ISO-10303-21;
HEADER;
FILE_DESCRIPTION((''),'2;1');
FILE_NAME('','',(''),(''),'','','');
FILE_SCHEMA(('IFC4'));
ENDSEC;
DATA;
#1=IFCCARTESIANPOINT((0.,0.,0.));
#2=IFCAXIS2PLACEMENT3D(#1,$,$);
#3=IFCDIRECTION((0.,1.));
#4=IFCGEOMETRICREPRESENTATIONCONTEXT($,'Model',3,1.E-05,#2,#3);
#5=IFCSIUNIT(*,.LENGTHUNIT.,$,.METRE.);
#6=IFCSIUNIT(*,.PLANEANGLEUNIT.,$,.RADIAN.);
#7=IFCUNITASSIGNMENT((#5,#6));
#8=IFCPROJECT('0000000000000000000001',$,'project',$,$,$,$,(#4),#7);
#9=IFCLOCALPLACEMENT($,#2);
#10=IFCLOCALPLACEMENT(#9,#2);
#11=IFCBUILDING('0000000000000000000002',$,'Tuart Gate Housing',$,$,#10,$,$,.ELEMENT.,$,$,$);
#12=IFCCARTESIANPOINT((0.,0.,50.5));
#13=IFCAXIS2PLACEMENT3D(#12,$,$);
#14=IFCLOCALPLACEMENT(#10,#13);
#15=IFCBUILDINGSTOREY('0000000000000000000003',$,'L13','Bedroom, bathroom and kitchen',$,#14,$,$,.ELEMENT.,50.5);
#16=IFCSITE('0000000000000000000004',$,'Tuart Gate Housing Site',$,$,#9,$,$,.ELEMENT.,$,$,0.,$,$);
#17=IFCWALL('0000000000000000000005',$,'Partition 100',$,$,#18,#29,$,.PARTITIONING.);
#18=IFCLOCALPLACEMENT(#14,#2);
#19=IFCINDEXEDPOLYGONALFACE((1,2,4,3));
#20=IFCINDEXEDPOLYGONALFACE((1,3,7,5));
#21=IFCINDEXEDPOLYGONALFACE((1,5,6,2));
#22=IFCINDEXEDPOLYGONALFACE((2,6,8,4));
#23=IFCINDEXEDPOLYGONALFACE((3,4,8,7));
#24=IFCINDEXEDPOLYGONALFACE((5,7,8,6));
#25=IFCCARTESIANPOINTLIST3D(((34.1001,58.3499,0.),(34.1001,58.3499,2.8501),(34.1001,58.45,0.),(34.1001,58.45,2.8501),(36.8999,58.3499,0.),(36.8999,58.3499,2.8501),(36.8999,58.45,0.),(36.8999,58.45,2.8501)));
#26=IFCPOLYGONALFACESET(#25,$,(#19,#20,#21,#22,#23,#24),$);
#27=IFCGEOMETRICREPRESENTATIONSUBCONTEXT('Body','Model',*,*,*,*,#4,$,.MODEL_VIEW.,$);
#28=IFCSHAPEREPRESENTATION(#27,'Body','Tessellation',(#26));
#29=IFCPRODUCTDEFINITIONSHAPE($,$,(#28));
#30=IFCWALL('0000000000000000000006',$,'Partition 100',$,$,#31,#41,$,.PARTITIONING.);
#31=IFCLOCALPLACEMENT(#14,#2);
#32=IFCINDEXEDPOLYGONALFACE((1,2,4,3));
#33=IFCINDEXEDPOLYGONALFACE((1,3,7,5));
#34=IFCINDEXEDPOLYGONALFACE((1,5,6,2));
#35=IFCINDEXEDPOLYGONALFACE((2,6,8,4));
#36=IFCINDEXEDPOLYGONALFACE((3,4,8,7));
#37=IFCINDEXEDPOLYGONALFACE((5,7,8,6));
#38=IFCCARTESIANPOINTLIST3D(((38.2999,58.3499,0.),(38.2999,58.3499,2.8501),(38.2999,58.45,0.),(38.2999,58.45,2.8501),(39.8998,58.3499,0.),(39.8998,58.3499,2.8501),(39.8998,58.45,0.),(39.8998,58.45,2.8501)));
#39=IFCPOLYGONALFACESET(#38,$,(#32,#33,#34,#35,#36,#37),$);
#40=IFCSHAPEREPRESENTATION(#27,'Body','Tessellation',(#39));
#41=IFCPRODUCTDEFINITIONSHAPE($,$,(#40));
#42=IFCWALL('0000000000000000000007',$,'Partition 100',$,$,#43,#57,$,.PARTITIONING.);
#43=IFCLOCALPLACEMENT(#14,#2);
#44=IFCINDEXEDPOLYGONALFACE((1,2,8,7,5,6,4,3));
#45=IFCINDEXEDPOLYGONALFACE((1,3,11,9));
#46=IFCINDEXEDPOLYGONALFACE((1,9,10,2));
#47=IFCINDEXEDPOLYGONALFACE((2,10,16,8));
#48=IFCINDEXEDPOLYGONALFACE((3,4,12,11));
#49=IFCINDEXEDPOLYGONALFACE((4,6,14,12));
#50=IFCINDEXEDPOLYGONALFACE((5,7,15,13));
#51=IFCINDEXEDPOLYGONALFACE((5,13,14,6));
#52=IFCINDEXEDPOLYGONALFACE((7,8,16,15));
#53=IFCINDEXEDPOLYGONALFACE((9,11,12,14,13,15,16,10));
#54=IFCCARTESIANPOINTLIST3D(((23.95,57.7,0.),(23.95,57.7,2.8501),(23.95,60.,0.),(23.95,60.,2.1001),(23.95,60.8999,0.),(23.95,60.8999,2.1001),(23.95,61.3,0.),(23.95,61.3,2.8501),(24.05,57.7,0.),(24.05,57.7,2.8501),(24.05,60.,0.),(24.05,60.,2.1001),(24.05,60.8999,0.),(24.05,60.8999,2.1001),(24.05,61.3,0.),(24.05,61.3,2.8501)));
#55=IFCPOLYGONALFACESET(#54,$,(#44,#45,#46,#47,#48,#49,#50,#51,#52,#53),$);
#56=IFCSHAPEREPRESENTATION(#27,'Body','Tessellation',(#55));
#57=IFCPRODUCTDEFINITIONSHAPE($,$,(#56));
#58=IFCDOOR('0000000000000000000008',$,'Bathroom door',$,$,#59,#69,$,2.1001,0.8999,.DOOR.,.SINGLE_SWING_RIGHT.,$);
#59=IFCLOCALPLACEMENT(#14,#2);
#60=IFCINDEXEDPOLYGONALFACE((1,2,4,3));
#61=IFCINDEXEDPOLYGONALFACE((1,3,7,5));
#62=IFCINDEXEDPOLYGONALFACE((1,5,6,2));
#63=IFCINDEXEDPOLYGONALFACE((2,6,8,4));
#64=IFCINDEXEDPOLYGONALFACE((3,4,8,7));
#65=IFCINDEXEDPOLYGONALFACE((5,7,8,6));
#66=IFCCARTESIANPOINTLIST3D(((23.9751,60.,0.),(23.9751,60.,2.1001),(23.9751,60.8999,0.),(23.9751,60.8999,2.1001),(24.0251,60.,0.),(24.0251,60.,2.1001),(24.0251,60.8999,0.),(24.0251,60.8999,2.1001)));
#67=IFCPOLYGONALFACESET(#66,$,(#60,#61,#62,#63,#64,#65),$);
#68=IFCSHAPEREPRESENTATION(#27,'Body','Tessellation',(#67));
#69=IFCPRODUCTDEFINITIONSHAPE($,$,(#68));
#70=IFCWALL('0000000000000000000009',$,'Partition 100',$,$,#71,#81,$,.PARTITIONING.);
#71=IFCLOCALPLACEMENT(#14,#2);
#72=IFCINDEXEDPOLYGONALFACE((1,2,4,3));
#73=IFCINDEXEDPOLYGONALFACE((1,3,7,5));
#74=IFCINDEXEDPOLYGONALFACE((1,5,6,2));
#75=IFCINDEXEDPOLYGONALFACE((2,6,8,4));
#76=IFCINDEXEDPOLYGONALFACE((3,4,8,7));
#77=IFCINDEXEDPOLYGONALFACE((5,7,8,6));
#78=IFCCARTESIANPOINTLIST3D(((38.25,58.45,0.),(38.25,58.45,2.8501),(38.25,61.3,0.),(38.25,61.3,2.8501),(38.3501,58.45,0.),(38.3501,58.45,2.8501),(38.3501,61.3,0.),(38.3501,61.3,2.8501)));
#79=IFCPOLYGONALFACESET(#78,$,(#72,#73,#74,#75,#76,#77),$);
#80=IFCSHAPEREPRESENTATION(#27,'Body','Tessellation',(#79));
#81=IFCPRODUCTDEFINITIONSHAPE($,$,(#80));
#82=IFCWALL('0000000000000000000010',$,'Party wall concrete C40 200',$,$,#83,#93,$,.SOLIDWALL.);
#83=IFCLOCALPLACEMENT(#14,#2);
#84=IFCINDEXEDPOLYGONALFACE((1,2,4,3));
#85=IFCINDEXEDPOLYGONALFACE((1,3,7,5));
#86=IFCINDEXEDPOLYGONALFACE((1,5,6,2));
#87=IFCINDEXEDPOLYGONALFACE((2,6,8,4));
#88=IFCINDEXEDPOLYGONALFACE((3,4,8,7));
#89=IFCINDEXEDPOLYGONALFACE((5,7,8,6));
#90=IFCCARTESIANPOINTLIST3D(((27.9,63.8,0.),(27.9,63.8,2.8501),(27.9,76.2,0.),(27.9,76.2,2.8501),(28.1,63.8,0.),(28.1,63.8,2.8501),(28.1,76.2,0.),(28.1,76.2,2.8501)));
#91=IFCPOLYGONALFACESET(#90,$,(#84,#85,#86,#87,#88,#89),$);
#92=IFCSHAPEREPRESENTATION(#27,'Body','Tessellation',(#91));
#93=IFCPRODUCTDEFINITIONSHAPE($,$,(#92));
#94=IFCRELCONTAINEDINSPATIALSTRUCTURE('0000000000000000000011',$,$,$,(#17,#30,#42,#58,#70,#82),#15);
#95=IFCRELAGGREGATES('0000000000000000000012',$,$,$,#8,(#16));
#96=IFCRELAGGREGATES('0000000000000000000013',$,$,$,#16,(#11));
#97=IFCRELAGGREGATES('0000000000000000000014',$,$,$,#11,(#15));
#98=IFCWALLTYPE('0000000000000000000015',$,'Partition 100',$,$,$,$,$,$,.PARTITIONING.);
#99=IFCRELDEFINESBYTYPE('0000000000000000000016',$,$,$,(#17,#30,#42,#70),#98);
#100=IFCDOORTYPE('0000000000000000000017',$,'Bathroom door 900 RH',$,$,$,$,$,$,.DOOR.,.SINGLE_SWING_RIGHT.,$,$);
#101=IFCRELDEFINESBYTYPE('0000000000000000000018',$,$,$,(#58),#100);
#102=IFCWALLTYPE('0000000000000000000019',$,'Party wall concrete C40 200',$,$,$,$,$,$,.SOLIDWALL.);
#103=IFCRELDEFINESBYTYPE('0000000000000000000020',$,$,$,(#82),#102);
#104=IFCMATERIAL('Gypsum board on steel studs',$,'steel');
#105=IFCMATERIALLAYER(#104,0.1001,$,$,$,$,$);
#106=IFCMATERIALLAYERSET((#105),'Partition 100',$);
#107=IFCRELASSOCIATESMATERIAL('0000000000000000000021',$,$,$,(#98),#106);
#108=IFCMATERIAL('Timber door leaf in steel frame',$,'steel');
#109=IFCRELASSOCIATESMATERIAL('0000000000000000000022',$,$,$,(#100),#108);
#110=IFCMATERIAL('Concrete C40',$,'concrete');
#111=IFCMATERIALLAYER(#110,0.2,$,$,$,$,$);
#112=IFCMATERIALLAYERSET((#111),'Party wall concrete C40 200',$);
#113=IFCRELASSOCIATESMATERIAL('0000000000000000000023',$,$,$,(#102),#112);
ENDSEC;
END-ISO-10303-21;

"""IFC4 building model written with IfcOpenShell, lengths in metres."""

from ifc_helpers import new_model, si_unit, direction, frame, frame_2d, origin, place, context, subcontext, project, spatial, rectangle, extrude, material, layer, layer_set, type_object, element, fill, save


model = new_model("IFC4")

# Units and contexts
model_context = context("Model", 3, precision=1e-05, world=origin(), true_north=direction((0.0, 1.0)))
body_context = subcontext(model_context, "Body", "Model", "MODEL_VIEW")
ifc_project = project(units=[si_unit("LENGTHUNIT", "METRE"), si_unit("PLANEANGLEUNIT", "RADIAN")], contexts=[model_context])

# Site, building, storey
site_placement = place(None, origin())
site = spatial("IfcSite", under=ifc_project, at=site_placement, Name="Tuart Gate Housing Site", CompositionType="ELEMENT", RefElevation=0.0)
building_placement = place(site_placement, origin())
building = spatial("IfcBuilding", under=site, at=building_placement, Name="Tuart Gate Housing", CompositionType="ELEMENT")
storey_placement = place(building_placement, frame((0.0, 0.0, 50.5)))
storey = spatial("IfcBuildingStorey", under=building, at=storey_placement, Name="L13", Description="Bedroom, bathroom and kitchen", CompositionType="ELEMENT", Elevation=50.5)

# Walls
ifc_material_1 = material(Name="Gypsum board on steel studs", Category="steel")
ifc_layer_1 = layer(ifc_material_1, 0.1001)
ifc_layer_set_1 = layer_set([ifc_layer_1], Name="Partition 100")
wall_type_1 = type_object("IfcWallType", Name="Partition 100", PredefinedType="PARTITIONING", material=ifc_layer_set_1)
wall_1_placement = place(storey_placement, frame((34.1001, 58.3999, 0.0), z_axis=(0.0, 0.0, 1.0), x_axis=(1.0, 0.0, 0.0)))
element("IfcWall", 1, at=wall_1_placement, inside=storey, type_object=wall_type_1, Name="Partition 100", PredefinedType="PARTITIONING", context=body_context, shape_type="SweptSolid", body=[
    extrude(rectangle(XDim=2.7998, YDim=0.1001, at=frame_2d((1.3999, 0.0))), origin(), (0.0, 0.0, 1.0), 2.8501),
])
wall_2_placement = place(storey_placement, frame((38.3, 58.3999, 0.0), z_axis=(0.0, 0.0, 1.0), x_axis=(1.0, 0.0, 0.0)))
element("IfcWall", 2, at=wall_2_placement, inside=storey, type_object=wall_type_1, Name="Partition 100", PredefinedType="PARTITIONING", context=body_context, shape_type="SweptSolid", body=[
    extrude(rectangle(XDim=1.5999, YDim=0.1001, at=frame_2d((0.7998, 0.0))), origin(), (0.0, 0.0, 1.0), 2.8501),
])

# Wall, opening, door
wall_3_placement = place(storey_placement, frame((24.0, 57.7, 0.0), z_axis=(0.0, 0.0, 1.0), x_axis=(0.0, 1.0, 0.0)))
wall_3 = element("IfcWall", 3, at=wall_3_placement, inside=storey, type_object=wall_type_1, Name="Partition 100", PredefinedType="PARTITIONING", context=body_context, shape_type="SweptSolid", body=[
    extrude(rectangle(XDim=3.6001, YDim=0.1001, at=frame_2d((1.8, 0.0))), origin(), (0.0, 0.0, 1.0), 2.8501),
])
opening_1_placement = place(wall_3_placement, frame((2.3, 0.0, 0.0)))
opening_1 = element("IfcOpeningElement", 4, at=opening_1_placement, cuts=wall_3, PredefinedType="OPENING", context=body_context, shape_type="SweptSolid", body=[
    extrude(rectangle(XDim=0.8999, YDim=2.1001, at=frame_2d((0.45, 1.05))), frame((0.0, 0.0601, 0.0), z_axis=(0.0, -1.0, 0.0), x_axis=(1.0, 0.0, 0.0)), (0.0, 0.0, 1.0), 0.1201),
])
ifc_material_2 = material(Name="Timber door leaf in steel frame", Category="steel")
door_type_1 = type_object("IfcDoorType", Name="Bathroom door 900 RH", OperationType="SINGLE_SWING_RIGHT", PredefinedType="DOOR", material=ifc_material_2)
door_1_placement = place(opening_1_placement, origin())
door_1 = element("IfcDoor", 5, at=door_1_placement, inside=storey, type_object=door_type_1, Name="Bathroom door", OperationType="SINGLE_SWING_RIGHT", OverallHeight=2.1001, OverallWidth=0.8999, PredefinedType="DOOR", context=body_context, shape_type="SweptSolid", body=[
    extrude(rectangle(XDim=0.8999, YDim=2.1001, at=frame_2d((0.45, 1.05))), frame((0.0, 0.0249, 0.0), z_axis=(0.0, -1.0, 0.0), x_axis=(1.0, 0.0, 0.0)), (0.0, 0.0, 1.0), 0.05),
])
fill(opening_1, door_1)

# Walls
wall_4_placement = place(storey_placement, frame((38.3, 58.45, 0.0), z_axis=(0.0, 0.0, 1.0), x_axis=(0.0, 1.0, 0.0)))
element("IfcWall", 6, at=wall_4_placement, inside=storey, type_object=wall_type_1, Name="Partition 100", PredefinedType="PARTITIONING", context=body_context, shape_type="SweptSolid", body=[
    extrude(rectangle(XDim=2.8501, YDim=0.1001, at=frame_2d((1.425, 0.0))), origin(), (0.0, 0.0, 1.0), 2.8501),
])
ifc_material_3 = material(Name="Concrete C40", Category="concrete")
ifc_layer_2 = layer(ifc_material_3, 0.2)
ifc_layer_set_2 = layer_set([ifc_layer_2], Name="Party wall concrete C40 200")
wall_type_2 = type_object("IfcWallType", Name="Party wall concrete C40 200", PredefinedType="SOLIDWALL", material=ifc_layer_set_2)
wall_5_placement = place(storey_placement, frame((28.0, 63.8, 0.0), z_axis=(0.0, 0.0, 1.0), x_axis=(0.0, 1.0, 0.0)))
element("IfcWall", 7, at=wall_5_placement, inside=storey, type_object=wall_type_2, Name="Party wall concrete C40 200", PredefinedType="SOLIDWALL", context=body_context, shape_type="SweptSolid", body=[
    extrude(rectangle(XDim=12.3999, YDim=0.2, at=frame_2d((6.2, 0.0))), origin(), (0.0, 0.0, 1.0), 2.8501),
])

save(model, "model.ifc")
